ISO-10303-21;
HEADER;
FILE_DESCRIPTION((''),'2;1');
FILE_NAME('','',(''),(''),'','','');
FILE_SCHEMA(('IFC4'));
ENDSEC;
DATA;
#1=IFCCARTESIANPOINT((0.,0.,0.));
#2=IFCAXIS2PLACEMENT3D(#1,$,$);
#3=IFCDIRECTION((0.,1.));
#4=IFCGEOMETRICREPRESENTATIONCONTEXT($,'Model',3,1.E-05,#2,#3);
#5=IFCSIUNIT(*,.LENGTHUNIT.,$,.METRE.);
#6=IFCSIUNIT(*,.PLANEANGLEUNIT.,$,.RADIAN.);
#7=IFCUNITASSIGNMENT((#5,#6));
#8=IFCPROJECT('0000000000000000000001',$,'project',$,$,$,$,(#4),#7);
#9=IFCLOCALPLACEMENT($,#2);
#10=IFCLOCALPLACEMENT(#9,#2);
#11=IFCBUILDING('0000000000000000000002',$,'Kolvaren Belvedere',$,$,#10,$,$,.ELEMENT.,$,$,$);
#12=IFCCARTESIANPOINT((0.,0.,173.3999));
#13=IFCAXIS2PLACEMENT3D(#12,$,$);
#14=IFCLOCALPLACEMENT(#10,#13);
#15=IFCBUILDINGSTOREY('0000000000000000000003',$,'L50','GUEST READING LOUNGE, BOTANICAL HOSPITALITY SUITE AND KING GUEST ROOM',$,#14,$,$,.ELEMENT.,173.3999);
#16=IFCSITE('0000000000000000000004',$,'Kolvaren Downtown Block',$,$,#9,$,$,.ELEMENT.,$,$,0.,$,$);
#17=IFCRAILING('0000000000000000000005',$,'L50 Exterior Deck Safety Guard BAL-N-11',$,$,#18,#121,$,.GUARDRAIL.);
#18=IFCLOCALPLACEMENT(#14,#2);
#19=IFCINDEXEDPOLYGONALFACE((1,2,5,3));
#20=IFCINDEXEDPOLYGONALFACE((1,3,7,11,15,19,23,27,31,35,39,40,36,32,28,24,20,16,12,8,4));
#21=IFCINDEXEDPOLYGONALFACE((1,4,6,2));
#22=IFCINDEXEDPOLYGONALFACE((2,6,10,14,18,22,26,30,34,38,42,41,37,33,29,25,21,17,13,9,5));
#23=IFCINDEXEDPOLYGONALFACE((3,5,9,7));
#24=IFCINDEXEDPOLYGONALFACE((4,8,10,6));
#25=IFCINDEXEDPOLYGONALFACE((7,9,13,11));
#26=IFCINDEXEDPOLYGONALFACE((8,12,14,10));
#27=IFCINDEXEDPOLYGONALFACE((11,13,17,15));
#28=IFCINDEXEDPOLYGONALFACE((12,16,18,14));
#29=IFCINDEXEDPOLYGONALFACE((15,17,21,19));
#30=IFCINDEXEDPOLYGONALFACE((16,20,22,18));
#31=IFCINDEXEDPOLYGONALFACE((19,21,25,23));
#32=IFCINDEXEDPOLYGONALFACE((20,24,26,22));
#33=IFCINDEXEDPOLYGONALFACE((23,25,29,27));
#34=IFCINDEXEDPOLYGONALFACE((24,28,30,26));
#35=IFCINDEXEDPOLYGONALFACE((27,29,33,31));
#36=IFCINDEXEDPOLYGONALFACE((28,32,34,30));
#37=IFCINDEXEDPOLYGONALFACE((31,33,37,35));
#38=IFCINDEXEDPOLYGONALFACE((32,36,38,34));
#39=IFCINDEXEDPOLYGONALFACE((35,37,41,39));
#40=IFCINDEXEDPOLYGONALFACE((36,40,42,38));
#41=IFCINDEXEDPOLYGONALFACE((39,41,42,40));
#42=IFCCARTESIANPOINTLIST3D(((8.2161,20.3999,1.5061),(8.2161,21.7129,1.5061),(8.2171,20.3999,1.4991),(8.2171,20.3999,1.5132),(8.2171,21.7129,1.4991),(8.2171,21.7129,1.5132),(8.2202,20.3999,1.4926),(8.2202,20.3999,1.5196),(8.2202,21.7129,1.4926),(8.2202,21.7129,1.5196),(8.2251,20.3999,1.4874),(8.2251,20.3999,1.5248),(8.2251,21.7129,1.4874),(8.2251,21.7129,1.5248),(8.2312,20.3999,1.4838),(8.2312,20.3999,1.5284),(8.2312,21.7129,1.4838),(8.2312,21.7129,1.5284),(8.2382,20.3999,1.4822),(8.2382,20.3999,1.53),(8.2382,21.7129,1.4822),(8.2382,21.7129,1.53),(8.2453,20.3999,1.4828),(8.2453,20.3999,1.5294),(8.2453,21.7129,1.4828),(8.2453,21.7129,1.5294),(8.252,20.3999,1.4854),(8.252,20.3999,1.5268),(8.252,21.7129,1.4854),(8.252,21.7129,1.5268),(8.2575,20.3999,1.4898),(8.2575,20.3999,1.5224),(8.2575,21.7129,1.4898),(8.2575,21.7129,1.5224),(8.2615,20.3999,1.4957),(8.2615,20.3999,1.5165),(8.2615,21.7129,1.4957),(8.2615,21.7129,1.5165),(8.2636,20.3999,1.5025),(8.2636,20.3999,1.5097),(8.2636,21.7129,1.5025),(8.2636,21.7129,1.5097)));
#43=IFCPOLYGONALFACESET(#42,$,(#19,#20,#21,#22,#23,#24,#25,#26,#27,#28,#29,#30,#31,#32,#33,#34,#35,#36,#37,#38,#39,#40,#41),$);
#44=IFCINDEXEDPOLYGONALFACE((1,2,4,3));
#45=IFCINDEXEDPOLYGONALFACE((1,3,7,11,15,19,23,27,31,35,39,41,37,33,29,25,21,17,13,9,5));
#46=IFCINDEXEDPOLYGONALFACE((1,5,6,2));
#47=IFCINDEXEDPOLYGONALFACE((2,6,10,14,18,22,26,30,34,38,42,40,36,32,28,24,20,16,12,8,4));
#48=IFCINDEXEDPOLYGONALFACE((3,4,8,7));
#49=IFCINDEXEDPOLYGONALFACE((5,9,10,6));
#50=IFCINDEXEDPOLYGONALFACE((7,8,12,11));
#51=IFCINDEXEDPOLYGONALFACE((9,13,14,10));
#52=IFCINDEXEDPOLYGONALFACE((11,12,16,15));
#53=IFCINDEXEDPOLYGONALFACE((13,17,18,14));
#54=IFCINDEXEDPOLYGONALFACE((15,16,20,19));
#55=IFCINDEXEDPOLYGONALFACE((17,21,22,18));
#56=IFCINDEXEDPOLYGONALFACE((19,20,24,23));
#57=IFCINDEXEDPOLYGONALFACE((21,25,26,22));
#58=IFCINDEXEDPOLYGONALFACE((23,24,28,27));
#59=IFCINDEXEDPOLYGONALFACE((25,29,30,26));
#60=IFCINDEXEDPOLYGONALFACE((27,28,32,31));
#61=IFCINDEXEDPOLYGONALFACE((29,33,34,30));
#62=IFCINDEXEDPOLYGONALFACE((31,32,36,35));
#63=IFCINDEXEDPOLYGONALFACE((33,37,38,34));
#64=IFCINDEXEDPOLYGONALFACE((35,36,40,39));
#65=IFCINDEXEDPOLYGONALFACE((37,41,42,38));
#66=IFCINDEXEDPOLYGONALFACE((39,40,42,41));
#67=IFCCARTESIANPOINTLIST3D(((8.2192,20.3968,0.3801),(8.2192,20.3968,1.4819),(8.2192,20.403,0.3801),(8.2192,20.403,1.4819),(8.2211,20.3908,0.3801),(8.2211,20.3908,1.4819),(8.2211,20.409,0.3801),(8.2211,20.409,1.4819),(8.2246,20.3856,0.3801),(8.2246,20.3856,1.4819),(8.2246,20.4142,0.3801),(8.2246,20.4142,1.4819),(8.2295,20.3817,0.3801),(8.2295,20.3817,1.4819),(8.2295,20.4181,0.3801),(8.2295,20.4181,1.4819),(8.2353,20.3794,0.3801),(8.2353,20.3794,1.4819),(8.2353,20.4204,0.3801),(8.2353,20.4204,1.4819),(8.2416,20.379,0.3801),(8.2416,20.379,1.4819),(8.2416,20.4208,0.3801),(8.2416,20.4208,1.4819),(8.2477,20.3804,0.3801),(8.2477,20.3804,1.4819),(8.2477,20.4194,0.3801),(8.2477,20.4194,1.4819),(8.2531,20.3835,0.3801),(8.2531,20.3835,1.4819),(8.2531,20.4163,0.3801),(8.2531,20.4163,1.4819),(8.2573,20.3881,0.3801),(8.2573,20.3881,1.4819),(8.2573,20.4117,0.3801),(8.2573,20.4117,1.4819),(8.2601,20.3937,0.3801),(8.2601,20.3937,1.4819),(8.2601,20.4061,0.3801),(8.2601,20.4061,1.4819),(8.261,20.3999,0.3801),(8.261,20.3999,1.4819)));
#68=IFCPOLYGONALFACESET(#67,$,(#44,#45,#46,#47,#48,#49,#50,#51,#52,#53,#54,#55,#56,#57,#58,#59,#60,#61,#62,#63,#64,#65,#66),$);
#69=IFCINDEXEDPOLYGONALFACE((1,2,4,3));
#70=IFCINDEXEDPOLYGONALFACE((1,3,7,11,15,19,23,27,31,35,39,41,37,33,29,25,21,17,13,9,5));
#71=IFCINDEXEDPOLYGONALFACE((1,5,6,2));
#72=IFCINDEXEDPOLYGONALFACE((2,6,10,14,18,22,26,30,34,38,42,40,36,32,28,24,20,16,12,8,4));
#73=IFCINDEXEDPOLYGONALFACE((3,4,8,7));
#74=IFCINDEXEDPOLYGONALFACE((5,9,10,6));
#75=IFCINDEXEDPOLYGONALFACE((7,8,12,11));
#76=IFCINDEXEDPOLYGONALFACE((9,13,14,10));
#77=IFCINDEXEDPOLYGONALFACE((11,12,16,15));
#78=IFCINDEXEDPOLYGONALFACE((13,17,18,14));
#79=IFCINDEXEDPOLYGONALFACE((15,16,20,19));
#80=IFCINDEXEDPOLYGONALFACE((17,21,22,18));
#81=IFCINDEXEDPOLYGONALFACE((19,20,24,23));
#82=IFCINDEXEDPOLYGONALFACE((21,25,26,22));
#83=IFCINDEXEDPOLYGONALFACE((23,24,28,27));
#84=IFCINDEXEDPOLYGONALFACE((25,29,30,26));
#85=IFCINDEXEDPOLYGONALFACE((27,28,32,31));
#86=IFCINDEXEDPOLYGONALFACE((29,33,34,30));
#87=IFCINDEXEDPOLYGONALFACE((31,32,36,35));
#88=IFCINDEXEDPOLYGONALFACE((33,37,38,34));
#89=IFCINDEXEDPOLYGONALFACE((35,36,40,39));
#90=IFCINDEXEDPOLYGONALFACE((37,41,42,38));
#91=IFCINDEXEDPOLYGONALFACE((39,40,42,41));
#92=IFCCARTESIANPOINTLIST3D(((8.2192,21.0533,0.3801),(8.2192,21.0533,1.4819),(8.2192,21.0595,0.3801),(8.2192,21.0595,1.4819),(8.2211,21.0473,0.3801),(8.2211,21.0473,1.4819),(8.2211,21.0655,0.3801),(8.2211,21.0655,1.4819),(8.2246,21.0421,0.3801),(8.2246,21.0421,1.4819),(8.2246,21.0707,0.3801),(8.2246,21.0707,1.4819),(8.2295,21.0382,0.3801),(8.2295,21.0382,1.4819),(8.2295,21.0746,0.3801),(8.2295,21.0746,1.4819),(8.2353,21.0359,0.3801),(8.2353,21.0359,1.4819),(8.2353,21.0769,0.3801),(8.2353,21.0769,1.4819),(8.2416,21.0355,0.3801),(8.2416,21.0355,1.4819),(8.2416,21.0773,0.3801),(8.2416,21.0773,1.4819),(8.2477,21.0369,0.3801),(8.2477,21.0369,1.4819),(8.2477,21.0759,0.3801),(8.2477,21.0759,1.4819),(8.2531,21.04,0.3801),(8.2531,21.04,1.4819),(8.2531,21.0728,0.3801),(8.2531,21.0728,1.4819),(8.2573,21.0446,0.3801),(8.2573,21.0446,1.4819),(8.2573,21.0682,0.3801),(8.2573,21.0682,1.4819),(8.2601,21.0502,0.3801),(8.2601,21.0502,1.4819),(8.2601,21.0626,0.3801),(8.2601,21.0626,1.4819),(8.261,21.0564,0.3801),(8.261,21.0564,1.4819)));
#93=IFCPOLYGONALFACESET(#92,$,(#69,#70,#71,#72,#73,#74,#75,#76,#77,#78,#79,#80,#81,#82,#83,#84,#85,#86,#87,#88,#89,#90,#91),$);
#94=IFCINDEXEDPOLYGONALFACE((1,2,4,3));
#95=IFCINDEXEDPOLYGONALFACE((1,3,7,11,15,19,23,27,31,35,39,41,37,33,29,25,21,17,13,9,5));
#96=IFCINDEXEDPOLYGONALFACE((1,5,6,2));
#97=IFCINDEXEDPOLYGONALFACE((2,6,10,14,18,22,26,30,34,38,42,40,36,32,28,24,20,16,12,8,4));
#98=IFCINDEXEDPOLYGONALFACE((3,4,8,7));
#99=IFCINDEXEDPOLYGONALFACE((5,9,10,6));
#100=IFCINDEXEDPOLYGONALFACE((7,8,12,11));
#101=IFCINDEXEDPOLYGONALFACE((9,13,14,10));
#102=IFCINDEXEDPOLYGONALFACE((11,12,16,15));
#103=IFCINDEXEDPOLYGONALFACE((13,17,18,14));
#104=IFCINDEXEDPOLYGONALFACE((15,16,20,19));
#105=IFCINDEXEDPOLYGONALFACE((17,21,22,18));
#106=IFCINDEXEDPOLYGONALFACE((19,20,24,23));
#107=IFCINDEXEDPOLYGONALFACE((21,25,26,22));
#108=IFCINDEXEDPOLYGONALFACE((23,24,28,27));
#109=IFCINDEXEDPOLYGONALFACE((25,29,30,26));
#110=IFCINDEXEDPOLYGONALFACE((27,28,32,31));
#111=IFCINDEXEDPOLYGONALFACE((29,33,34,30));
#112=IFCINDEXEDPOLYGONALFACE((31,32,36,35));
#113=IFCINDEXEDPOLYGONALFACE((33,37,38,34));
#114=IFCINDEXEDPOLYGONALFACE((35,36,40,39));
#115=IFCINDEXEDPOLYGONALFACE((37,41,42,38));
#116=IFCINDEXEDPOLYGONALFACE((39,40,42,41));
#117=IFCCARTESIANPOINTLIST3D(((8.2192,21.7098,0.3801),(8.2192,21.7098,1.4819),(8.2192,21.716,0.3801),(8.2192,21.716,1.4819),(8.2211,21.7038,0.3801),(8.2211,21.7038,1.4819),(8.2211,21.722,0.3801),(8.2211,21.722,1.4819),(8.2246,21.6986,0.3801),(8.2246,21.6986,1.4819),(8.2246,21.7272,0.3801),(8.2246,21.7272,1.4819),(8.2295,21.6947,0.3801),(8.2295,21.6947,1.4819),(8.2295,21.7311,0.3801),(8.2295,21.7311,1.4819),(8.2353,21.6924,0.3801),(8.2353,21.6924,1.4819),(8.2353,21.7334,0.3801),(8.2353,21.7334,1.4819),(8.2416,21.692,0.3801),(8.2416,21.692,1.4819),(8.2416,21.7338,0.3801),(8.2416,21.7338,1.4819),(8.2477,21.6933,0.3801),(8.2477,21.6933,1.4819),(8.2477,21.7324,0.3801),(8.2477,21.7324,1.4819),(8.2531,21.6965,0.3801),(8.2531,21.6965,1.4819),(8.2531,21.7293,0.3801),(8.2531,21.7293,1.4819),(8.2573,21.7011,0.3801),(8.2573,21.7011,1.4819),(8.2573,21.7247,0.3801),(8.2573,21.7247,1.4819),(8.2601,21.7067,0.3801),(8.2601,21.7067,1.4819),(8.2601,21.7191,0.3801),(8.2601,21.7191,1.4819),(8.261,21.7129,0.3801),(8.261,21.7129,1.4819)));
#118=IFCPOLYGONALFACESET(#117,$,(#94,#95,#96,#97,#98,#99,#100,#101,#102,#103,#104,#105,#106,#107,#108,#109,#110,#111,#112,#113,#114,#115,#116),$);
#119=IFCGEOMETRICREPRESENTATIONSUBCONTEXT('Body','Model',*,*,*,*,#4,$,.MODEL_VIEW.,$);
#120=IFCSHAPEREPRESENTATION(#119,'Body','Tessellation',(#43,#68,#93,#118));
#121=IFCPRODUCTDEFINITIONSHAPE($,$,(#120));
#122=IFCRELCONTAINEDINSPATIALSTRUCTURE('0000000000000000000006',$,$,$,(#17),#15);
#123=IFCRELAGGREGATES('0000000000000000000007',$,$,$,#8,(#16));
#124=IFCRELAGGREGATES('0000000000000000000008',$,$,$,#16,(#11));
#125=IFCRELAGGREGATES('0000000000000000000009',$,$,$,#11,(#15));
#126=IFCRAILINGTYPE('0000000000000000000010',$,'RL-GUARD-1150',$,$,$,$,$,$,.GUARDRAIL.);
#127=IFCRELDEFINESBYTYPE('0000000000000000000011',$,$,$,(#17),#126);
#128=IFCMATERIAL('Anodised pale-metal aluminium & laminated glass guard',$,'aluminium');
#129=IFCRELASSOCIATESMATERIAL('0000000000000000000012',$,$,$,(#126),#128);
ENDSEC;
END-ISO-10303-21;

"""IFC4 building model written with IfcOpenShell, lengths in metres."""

from ifc_helpers import new_model, si_unit, direction, frame, origin, origin_2d, place, context, subcontext, project, spatial, circle, extrude, material, type_object, element, save


model = new_model("IFC4")

# Units and contexts
model_context = context("Model", 3, precision=1e-05, world=origin(), true_north=direction((0.0, 1.0)))
body_context = subcontext(model_context, "Body", "Model", "MODEL_VIEW")
ifc_project = project(units=[si_unit("LENGTHUNIT", "METRE"), si_unit("PLANEANGLEUNIT", "RADIAN")], contexts=[model_context])

# Site, building, storey
site_placement = place(None, origin())
site = spatial("IfcSite", under=ifc_project, at=site_placement, Name="Kolvaren Downtown Block", CompositionType="ELEMENT", RefElevation=0.0)
building_placement = place(site_placement, origin())
building = spatial("IfcBuilding", under=site, at=building_placement, Name="Kolvaren Belvedere", CompositionType="ELEMENT")
storey_placement = place(building_placement, frame((0.0, 0.0, 173.3999)))
storey = spatial("IfcBuildingStorey", under=building, at=storey_placement, Name="L50", Description="GUEST READING LOUNGE, BOTANICAL HOSPITALITY SUITE AND KING GUEST ROOM", CompositionType="ELEMENT", Elevation=173.3999)

# Railing
ifc_material_1 = material(Name="Anodised pale-metal aluminium & laminated glass guard", Category="aluminium")
railing_type = type_object("IfcRailingType", Name="RL-GUARD-1150", PredefinedType="GUARDRAIL", material=ifc_material_1)
railing_1_placement = place(storey_placement, frame((8.24, 20.3999, 0.3801)))
element("IfcRailing", 1, at=railing_1_placement, inside=storey, type_object=railing_type, Name="L50 Exterior Deck Safety Guard BAL-N-11", PredefinedType="GUARDRAIL", context=body_context, shape_type="SweptSolid", body=[
    extrude(circle(Radius=0.0239, at=origin_2d()), frame((0.0, 0.0, 1.126), z_axis=(0.0, 1.0, 0.0), x_axis=(-1.0, 0.0, 0.0)), (0.0, 0.0, 1.0), 1.313),
    extrude(circle(Radius=0.021, at=origin_2d()), origin(), (0.0, 0.0, 1.0), 1.1018),
    extrude(circle(Radius=0.021, at=origin_2d()), frame((0.0, 0.6565, 0.0)), (0.0, 0.0, 1.0), 1.1018),
    extrude(circle(Radius=0.021, at=origin_2d()), frame((0.0, 1.313, 0.0)), (0.0, 0.0, 1.0), 1.1018),
])

save(model, "model.ifc")
